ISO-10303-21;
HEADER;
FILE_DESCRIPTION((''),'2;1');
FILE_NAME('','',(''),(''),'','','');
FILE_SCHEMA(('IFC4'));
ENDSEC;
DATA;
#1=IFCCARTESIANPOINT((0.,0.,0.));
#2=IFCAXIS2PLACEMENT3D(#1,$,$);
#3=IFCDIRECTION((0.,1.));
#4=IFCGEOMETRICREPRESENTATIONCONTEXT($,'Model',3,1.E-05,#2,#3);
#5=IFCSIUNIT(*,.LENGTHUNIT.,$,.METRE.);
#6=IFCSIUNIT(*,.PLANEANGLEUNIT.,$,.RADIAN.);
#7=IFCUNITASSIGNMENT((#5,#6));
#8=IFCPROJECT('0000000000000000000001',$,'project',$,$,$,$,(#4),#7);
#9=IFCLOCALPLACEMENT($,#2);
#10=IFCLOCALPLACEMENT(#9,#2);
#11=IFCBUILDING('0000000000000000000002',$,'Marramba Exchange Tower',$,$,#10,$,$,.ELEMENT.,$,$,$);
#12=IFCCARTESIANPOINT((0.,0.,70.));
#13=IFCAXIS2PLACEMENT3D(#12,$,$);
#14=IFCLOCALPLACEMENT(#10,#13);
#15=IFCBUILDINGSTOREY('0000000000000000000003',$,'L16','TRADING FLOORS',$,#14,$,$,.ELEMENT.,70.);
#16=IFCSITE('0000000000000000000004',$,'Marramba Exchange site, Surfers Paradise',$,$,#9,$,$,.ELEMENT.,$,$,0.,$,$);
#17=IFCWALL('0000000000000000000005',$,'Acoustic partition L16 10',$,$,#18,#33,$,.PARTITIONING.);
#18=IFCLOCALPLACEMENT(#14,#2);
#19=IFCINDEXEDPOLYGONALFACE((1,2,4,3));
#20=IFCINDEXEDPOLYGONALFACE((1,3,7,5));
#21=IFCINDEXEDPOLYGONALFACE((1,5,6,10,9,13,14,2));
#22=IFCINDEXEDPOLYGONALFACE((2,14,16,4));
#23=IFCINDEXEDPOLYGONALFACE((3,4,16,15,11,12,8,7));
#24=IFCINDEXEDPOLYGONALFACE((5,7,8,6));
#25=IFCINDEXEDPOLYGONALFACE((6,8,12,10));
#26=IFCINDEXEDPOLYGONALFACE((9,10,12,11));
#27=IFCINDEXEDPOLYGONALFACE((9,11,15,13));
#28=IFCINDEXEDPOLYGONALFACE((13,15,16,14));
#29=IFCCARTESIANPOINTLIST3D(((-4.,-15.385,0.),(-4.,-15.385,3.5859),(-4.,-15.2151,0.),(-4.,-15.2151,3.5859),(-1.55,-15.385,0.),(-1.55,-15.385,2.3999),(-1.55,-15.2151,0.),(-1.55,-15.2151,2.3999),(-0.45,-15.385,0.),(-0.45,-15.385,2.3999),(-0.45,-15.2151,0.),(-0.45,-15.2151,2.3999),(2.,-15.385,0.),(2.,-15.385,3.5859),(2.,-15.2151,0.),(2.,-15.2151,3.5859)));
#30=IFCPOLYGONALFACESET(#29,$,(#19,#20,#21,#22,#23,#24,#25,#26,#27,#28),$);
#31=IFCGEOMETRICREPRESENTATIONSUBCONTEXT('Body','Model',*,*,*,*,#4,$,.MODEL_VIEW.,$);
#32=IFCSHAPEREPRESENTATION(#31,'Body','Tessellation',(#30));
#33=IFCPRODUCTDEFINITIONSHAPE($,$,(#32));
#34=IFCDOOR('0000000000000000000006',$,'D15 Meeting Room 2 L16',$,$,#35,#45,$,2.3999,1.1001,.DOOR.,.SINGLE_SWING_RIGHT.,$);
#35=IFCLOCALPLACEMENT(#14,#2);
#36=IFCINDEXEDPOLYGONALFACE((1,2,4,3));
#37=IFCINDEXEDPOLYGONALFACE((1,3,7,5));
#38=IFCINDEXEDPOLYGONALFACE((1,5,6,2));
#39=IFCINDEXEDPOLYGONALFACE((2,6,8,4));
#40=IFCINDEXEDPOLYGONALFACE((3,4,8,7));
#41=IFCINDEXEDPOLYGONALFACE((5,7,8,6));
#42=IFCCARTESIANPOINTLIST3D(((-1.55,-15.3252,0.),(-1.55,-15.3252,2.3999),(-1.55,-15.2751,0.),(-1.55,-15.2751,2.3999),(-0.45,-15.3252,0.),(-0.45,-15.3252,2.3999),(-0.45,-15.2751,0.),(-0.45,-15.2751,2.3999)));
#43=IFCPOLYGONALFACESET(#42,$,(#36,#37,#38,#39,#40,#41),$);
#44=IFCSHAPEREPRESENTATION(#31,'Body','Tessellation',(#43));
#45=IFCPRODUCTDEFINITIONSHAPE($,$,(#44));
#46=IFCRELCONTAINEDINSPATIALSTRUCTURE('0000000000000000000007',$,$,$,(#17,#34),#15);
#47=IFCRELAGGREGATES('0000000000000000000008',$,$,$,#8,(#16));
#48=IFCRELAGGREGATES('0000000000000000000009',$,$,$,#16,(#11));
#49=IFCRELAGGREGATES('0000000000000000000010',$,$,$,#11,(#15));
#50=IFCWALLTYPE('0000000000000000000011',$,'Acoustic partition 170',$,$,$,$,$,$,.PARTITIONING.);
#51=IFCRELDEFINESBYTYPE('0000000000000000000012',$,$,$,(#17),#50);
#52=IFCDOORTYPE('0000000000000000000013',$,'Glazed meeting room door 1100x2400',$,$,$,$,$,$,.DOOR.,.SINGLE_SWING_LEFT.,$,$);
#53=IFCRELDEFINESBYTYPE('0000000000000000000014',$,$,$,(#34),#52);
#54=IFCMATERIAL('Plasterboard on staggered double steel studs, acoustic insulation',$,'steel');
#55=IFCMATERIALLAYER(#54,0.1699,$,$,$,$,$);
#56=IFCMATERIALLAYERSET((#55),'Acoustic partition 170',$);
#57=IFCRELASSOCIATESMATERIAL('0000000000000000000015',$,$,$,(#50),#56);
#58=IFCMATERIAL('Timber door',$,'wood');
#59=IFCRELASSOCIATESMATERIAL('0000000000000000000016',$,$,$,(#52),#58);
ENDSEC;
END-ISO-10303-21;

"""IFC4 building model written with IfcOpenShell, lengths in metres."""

from ifc_helpers import new_model, si_unit, direction, frame, frame_2d, origin, place, context, subcontext, project, spatial, rectangle, extrude, material, layer, layer_set, type_object, element, fill, save


model = new_model("IFC4")

# Units and contexts
model_context = context("Model", 3, precision=1e-05, world=origin(), true_north=direction((0.0, 1.0)))
body_context = subcontext(model_context, "Body", "Model", "MODEL_VIEW")
ifc_project = project(units=[si_unit("LENGTHUNIT", "METRE"), si_unit("PLANEANGLEUNIT", "RADIAN")], contexts=[model_context])

# Site, building, storey
site_placement = place(None, origin())
site = spatial("IfcSite", under=ifc_project, at=site_placement, Name="Marramba Exchange site, Surfers Paradise", CompositionType="ELEMENT", RefElevation=0.0)
building_placement = place(site_placement, origin())
building = spatial("IfcBuilding", under=site, at=building_placement, Name="Marramba Exchange Tower", CompositionType="ELEMENT")
storey_placement = place(building_placement, frame((0.0, 0.0, 70.0)))
storey = spatial("IfcBuildingStorey", under=building, at=storey_placement, Name="L16", Description="TRADING FLOORS", CompositionType="ELEMENT", Elevation=70.0)

# Shared definitions
ifc_material_1 = material(Name="Plasterboard on staggered double steel studs, acoustic insulation", Category="steel")
ifc_layer_1 = layer(ifc_material_1, 0.1699)
ifc_layer_set_1 = layer_set([ifc_layer_1], Name="Acoustic partition 170")
wall_type_1 = type_object("IfcWallType", Name="Acoustic partition 170", PredefinedType="PARTITIONING", material=ifc_layer_set_1)

# Wall, opening, door
wall_1_placement = place(storey_placement, frame((-4.0, -15.3, 0.0), z_axis=(0.0, 0.0, 1.0), x_axis=(1.0, 0.0, 0.0)))
wall_1 = element("IfcWall", 1, at=wall_1_placement, inside=storey, type_object=wall_type_1, Name="Acoustic partition L16 10", PredefinedType="PARTITIONING", context=body_context, shape_type="SweptSolid", body=[
    extrude(rectangle(XDim=6.0, YDim=0.1699, at=frame_2d((3.0, 0.0))), origin(), (0.0, 0.0, 1.0), 3.5859),
])
opening_1_placement = place(wall_1_placement, frame((2.45, 0.0, 0.0)))
opening_1 = element("IfcOpeningElement", 2, at=opening_1_placement, cuts=wall_1, PredefinedType="OPENING", context=body_context, shape_type="SweptSolid", body=[
    extrude(rectangle(XDim=1.1001, YDim=2.3999, at=frame_2d((0.55, 1.2))), frame((0.0, 0.095, 0.0), z_axis=(0.0, -1.0, 0.0), x_axis=(1.0, 0.0, 0.0)), (0.0, 0.0, 1.0), 0.1899),
])
ifc_material_2 = material(Name="Timber door", Category="wood")
door_type_1 = type_object("IfcDoorType", Name="Glazed meeting room door 1100x2400", OperationType="SINGLE_SWING_LEFT", PredefinedType="DOOR", material=ifc_material_2)
door_1_placement = place(opening_1_placement, origin())
door_1 = element("IfcDoor", 3, at=door_1_placement, inside=storey, type_object=door_type_1, Name="D15 Meeting Room 2 L16", OperationType="SINGLE_SWING_RIGHT", OverallHeight=2.3999, OverallWidth=1.1001, PredefinedType="DOOR", context=body_context, shape_type="SweptSolid", body=[
    extrude(rectangle(XDim=1.1001, YDim=2.3999, at=frame_2d((0.55, 1.2))), frame((0.0, 0.0249, 0.0), z_axis=(0.0, -1.0, 0.0), x_axis=(1.0, 0.0, 0.0)), (0.0, 0.0, 1.0), 0.05),
])
fill(opening_1, door_1)

save(model, "model.ifc")
